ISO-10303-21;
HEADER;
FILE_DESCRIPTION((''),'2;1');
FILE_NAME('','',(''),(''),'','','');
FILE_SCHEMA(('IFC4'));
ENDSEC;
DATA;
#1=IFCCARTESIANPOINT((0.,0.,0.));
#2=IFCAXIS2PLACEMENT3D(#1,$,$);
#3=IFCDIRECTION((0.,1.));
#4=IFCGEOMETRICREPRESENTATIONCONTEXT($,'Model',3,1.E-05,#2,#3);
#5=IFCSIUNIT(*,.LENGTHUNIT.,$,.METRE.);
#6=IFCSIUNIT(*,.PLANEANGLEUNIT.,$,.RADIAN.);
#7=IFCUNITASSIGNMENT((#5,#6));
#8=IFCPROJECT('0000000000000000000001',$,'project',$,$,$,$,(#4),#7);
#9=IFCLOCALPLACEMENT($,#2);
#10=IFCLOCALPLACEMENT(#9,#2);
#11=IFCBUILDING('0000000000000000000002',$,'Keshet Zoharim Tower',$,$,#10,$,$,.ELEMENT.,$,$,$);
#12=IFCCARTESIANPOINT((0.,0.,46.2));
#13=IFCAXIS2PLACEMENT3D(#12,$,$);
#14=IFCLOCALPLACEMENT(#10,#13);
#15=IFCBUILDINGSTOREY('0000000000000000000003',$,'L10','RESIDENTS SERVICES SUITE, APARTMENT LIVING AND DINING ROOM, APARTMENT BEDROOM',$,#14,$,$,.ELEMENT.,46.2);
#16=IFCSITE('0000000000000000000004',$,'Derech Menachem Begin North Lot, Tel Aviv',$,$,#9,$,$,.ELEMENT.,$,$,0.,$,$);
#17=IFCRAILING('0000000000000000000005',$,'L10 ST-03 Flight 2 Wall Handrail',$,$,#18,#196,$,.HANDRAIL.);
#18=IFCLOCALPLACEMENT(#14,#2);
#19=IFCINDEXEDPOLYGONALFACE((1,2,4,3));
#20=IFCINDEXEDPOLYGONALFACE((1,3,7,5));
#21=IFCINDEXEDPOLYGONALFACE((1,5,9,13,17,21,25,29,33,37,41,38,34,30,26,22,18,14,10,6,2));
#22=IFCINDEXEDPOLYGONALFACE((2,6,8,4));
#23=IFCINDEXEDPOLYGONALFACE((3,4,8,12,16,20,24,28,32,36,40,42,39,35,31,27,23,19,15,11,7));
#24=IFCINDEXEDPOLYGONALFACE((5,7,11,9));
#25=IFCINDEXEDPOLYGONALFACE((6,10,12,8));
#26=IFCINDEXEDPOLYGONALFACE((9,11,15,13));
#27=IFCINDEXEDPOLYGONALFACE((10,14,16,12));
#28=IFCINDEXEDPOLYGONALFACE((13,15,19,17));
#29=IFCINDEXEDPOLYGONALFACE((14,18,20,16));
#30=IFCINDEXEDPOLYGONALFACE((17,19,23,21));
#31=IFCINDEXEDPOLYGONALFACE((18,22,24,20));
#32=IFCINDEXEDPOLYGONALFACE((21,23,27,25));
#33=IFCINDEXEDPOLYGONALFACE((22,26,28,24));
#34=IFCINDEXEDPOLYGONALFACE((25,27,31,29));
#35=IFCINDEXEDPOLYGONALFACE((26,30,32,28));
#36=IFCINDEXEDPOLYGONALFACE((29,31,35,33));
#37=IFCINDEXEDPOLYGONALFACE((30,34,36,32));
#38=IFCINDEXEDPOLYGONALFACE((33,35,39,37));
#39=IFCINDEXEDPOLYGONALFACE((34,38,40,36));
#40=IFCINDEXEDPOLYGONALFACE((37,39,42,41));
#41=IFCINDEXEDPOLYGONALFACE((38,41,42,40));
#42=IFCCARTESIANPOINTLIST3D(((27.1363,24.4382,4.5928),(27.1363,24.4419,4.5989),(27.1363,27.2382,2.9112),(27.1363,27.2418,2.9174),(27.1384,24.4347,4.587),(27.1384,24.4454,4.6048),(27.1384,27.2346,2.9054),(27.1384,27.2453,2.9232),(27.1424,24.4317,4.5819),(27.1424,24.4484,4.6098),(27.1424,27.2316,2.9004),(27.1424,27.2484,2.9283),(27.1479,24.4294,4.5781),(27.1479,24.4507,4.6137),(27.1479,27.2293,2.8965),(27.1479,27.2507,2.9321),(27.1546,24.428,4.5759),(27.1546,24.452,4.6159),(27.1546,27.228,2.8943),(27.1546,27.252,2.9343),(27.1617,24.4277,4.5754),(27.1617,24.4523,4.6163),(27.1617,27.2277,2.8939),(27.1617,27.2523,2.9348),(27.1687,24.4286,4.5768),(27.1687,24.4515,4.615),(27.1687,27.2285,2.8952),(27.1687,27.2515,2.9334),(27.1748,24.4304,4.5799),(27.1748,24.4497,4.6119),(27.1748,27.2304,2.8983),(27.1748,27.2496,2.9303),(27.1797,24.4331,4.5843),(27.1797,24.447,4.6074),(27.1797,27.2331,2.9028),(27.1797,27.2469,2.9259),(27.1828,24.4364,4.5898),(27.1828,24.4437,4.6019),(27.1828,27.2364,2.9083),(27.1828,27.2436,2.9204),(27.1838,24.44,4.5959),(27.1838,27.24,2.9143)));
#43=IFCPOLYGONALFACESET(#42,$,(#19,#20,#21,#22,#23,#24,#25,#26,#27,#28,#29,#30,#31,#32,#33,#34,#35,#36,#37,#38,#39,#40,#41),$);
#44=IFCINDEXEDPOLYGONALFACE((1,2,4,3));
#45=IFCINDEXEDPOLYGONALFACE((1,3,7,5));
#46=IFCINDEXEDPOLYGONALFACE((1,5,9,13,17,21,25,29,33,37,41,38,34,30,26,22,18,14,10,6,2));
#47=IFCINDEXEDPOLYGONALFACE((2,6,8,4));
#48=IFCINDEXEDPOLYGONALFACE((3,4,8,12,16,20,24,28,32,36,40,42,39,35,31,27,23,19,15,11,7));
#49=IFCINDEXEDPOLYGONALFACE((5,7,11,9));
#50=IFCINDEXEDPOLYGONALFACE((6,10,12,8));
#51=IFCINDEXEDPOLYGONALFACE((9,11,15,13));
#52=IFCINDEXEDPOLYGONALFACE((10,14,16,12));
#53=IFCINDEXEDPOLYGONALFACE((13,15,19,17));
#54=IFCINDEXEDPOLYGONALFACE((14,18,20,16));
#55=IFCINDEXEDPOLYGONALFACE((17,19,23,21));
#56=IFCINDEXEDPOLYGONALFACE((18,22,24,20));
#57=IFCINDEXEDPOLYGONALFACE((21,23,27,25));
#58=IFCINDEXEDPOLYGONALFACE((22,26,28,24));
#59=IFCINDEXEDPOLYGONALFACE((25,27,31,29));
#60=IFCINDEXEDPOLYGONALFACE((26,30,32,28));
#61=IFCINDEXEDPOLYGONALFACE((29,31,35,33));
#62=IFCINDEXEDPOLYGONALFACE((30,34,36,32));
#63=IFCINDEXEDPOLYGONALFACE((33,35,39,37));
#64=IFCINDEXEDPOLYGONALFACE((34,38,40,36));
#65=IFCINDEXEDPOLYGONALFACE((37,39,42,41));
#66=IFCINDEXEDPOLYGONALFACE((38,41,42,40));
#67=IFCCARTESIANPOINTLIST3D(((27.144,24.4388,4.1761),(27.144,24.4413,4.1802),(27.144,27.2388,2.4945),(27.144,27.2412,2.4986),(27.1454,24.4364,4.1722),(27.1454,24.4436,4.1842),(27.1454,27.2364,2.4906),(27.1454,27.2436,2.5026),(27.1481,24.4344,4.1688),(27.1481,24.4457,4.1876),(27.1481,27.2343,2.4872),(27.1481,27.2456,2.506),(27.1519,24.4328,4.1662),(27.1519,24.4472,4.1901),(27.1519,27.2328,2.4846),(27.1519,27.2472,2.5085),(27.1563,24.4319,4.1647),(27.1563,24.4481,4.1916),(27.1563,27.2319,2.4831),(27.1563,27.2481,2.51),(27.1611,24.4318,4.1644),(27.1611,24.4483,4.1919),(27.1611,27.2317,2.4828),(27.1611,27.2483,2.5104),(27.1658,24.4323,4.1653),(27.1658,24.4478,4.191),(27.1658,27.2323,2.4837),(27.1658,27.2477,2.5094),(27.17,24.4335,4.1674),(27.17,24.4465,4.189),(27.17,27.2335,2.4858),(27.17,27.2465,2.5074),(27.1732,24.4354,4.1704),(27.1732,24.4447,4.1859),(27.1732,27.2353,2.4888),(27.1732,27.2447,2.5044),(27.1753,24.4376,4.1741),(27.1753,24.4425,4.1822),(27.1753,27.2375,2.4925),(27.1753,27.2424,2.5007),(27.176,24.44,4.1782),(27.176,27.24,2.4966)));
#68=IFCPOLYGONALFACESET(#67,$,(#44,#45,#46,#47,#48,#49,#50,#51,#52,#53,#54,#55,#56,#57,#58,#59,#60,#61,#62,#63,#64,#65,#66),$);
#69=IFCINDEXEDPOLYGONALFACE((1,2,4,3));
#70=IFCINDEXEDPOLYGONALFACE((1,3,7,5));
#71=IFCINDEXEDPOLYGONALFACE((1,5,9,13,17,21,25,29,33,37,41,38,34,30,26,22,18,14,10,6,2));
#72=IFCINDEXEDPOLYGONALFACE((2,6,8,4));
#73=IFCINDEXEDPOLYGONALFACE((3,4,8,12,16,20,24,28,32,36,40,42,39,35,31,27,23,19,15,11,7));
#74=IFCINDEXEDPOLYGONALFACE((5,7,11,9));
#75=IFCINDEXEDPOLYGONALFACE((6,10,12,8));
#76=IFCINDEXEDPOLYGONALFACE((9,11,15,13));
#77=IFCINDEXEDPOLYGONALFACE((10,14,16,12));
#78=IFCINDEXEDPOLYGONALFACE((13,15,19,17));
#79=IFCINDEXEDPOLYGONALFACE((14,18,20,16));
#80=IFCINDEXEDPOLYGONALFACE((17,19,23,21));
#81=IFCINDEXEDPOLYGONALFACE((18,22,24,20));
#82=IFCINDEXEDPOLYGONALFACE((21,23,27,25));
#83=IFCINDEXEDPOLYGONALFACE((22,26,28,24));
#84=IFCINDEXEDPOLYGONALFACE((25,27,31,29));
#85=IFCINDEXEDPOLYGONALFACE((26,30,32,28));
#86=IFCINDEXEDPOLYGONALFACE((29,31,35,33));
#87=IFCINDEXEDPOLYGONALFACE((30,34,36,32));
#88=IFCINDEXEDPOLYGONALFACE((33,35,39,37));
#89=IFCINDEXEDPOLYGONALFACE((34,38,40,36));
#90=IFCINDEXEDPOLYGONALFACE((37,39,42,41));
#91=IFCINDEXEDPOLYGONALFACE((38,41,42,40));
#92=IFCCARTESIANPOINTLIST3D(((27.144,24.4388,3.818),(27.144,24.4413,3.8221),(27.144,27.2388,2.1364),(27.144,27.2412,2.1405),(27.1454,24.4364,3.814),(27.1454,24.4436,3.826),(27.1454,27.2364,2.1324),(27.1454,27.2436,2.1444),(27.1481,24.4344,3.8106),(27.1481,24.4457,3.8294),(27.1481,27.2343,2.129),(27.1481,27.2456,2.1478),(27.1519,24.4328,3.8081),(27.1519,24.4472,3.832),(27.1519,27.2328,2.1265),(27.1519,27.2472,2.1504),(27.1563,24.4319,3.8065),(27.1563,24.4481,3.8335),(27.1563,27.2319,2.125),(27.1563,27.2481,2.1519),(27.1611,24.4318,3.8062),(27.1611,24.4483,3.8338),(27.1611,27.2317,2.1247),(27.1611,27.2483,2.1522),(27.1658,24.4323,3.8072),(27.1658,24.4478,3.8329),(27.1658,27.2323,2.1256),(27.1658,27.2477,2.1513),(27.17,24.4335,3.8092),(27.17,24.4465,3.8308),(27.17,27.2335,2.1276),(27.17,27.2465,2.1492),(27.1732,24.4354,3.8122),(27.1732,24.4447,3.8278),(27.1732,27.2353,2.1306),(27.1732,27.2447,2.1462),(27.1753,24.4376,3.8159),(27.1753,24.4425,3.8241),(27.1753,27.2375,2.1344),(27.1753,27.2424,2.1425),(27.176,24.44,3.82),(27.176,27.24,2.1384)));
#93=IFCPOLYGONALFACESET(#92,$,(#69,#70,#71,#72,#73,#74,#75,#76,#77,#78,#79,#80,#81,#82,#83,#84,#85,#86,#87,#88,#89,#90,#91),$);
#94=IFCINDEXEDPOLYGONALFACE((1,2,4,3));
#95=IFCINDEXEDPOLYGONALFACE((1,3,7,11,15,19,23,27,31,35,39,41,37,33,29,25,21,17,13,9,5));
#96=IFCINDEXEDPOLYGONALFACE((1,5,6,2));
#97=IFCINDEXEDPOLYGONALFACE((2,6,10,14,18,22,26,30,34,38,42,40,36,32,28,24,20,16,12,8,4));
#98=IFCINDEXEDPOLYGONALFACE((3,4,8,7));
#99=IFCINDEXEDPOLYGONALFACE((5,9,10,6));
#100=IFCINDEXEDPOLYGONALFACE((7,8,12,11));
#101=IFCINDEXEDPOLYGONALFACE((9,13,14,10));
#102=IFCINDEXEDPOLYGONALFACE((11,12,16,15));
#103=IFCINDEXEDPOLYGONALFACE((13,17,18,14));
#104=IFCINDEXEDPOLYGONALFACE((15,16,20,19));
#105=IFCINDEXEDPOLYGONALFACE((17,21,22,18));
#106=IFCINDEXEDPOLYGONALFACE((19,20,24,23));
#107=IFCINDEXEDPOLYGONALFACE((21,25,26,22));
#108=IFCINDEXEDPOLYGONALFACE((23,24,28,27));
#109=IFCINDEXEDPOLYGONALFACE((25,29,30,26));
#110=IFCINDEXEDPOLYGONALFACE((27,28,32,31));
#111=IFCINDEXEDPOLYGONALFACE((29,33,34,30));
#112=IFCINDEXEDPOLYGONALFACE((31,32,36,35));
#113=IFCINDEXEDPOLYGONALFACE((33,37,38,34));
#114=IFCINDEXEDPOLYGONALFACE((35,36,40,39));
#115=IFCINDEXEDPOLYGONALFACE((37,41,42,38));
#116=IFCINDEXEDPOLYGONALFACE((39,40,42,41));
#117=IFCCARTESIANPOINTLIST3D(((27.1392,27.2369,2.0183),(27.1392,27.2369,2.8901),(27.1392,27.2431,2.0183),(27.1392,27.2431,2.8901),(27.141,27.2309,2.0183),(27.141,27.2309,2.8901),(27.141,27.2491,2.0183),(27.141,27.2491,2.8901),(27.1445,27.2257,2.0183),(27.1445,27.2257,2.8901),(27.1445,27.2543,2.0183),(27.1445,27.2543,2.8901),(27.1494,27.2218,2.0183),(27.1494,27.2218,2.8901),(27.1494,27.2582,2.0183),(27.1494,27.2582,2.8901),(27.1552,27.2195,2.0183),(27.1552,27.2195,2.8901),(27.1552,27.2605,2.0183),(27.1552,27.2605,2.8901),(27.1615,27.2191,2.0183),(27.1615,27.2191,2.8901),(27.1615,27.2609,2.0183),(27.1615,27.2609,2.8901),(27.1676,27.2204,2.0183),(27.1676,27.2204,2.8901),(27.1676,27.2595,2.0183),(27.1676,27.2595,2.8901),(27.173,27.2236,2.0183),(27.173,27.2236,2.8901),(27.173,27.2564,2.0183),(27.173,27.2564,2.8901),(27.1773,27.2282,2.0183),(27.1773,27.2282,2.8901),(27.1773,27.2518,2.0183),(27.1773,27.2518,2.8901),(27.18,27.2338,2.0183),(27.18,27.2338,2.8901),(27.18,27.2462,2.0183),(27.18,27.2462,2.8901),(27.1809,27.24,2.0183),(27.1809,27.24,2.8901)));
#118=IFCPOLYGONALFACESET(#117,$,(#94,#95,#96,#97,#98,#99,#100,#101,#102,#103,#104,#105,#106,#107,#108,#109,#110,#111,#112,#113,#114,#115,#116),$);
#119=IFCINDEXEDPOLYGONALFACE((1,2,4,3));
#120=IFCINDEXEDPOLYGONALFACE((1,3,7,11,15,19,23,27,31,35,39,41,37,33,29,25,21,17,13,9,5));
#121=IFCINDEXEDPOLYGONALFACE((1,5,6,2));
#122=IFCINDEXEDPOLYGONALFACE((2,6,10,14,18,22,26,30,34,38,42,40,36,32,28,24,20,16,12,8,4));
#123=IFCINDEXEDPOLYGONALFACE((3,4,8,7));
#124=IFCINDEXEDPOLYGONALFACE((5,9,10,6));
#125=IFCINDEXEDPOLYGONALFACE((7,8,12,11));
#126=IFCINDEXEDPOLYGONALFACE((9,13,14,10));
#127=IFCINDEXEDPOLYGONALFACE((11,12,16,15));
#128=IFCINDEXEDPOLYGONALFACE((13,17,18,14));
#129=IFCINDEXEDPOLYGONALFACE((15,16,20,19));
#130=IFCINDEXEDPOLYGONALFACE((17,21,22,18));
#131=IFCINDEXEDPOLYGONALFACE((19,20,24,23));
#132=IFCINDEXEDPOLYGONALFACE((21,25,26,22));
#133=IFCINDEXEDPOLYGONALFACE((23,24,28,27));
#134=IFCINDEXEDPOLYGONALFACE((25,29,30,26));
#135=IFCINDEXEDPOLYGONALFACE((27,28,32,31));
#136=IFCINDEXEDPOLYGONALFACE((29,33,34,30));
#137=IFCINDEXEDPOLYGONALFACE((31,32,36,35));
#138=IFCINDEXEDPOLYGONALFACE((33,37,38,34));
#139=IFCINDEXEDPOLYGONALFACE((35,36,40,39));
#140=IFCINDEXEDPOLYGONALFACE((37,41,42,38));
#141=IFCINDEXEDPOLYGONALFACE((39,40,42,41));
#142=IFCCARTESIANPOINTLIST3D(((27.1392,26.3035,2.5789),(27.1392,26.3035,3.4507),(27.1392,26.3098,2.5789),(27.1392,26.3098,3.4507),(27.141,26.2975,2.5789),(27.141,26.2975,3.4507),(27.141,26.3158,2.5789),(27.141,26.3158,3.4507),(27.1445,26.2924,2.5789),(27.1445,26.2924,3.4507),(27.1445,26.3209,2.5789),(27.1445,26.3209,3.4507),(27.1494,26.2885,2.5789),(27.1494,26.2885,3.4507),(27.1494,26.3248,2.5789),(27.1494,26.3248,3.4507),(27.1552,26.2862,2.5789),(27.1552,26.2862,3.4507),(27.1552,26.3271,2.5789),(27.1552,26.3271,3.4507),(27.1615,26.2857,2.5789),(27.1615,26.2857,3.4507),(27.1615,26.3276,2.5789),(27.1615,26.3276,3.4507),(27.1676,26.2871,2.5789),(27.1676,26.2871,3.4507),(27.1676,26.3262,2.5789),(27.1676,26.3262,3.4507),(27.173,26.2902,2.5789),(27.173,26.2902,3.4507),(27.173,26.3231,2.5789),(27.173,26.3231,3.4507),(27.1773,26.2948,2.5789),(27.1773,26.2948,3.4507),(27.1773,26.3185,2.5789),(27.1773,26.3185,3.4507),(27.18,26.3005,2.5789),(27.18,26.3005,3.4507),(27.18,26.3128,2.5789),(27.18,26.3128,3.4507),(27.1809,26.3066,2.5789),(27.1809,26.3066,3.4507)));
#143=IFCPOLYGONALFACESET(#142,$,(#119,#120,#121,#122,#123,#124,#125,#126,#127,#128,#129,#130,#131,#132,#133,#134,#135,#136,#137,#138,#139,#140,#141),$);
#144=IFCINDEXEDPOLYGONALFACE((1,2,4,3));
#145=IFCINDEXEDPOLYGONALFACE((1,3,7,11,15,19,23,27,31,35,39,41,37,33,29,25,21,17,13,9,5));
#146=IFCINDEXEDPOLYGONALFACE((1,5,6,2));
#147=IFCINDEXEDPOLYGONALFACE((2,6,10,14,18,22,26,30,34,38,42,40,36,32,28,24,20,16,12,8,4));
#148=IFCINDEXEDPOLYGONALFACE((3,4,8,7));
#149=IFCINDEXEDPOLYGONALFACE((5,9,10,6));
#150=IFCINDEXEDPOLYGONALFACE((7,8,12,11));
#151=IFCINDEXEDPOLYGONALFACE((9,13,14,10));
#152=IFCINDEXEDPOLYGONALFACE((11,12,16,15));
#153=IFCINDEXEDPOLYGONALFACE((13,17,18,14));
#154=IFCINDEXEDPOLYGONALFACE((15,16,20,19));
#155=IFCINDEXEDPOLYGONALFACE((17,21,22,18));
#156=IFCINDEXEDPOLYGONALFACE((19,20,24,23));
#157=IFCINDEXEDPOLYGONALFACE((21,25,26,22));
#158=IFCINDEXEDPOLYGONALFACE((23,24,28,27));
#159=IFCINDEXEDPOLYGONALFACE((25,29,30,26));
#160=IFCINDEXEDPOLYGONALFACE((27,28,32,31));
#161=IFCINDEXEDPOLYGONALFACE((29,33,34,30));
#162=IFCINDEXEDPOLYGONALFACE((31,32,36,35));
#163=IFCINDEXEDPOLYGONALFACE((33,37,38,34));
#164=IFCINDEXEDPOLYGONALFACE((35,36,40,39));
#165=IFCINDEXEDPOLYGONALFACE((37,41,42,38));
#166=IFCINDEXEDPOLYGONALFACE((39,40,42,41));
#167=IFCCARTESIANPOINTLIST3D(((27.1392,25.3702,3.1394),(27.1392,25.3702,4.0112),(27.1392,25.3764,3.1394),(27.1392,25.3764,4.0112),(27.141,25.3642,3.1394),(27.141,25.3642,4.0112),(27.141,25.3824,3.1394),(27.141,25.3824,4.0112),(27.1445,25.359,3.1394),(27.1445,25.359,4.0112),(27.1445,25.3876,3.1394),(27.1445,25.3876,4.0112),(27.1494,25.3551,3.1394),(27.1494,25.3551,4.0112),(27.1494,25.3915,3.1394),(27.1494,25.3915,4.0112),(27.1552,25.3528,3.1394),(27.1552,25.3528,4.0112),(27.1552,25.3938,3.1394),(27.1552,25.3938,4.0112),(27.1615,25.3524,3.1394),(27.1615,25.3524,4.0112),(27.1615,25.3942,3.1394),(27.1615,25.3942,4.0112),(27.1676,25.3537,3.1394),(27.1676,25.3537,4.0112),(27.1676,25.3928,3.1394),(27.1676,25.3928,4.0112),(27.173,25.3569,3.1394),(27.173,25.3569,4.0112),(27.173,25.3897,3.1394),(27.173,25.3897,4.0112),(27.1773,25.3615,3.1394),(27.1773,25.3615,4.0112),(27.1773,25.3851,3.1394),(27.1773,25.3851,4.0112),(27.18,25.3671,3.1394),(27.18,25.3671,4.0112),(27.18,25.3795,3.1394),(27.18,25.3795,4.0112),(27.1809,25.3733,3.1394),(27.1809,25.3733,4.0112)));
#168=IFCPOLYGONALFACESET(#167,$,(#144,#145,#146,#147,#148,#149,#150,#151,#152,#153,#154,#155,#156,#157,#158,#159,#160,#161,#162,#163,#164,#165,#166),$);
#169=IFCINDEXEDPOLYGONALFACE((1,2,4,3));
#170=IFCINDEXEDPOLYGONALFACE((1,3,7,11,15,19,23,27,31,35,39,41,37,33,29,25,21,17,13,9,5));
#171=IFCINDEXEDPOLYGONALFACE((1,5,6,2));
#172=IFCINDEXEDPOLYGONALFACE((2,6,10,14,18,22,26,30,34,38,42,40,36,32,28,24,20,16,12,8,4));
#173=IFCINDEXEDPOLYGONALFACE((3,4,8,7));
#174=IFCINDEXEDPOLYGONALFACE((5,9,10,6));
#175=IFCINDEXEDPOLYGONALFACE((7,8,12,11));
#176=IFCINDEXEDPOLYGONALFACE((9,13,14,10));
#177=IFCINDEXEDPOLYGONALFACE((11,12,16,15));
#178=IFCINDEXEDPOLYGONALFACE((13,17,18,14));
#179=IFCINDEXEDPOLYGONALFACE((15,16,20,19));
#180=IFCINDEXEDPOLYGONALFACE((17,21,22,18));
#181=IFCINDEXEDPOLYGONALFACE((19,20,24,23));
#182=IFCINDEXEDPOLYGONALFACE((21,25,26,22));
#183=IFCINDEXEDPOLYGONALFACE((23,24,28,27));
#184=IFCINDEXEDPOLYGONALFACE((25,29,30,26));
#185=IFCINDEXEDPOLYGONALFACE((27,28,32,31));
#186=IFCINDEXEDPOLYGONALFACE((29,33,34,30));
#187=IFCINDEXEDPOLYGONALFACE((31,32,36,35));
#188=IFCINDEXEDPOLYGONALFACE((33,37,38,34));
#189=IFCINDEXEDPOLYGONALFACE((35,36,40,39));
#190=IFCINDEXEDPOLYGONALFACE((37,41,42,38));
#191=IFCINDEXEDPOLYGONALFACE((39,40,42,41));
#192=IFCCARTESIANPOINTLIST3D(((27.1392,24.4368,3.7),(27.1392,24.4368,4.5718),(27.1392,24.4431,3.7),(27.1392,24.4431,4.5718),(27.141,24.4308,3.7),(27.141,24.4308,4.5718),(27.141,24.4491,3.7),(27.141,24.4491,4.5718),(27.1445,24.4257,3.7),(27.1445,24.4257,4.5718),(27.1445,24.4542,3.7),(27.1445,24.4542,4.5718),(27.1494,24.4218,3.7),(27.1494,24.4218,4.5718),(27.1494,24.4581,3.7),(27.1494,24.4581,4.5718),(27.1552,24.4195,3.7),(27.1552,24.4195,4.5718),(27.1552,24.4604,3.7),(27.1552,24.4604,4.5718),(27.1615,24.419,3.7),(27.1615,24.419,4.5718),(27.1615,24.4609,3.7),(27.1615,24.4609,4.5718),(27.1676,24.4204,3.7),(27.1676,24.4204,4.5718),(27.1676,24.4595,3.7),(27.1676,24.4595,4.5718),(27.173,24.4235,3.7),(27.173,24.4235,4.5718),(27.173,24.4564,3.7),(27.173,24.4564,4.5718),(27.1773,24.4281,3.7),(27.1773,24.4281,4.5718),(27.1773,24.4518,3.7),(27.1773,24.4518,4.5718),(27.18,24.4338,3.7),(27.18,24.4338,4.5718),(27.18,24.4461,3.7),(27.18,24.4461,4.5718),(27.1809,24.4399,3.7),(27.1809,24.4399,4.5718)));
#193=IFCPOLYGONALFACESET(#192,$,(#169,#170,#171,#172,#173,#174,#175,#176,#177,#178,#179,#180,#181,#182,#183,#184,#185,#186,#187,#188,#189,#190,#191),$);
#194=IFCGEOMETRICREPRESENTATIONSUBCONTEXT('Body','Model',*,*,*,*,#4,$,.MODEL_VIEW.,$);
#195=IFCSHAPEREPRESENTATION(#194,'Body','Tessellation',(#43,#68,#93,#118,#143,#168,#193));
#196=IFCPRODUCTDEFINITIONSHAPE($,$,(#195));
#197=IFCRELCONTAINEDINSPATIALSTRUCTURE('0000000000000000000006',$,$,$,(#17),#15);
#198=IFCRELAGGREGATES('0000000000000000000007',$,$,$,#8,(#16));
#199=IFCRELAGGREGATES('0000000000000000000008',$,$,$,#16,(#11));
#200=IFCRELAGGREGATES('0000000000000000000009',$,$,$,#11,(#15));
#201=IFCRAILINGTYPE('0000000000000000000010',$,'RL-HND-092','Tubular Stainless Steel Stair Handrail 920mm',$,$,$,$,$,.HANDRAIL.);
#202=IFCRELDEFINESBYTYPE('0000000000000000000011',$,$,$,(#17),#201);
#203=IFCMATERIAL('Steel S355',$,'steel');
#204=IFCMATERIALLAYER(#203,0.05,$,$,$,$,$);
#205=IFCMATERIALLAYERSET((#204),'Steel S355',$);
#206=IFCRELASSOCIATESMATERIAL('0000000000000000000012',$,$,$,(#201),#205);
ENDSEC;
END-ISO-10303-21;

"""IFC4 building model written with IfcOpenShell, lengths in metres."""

from ifc_helpers import new_model, si_unit, direction, frame, origin, origin_2d, place, context, subcontext, project, spatial, circle, extrude, material, layer, layer_set, type_object, element, save


model = new_model("IFC4")

# Units and contexts
model_context = context("Model", 3, precision=1e-05, world=origin(), true_north=direction((0.0, 1.0)))
body_context = subcontext(model_context, "Body", "Model", "MODEL_VIEW")
ifc_project = project(units=[si_unit("LENGTHUNIT", "METRE"), si_unit("PLANEANGLEUNIT", "RADIAN")], contexts=[model_context])

# Site, building, storey
site_placement = place(None, origin())
site = spatial("IfcSite", under=ifc_project, at=site_placement, Name="Derech Menachem Begin North Lot, Tel Aviv", CompositionType="ELEMENT", RefElevation=0.0)
building_placement = place(site_placement, origin())
building = spatial("IfcBuilding", under=site, at=building_placement, Name="Keshet Zoharim Tower", CompositionType="ELEMENT")
storey_placement = place(building_placement, frame((0.0, 0.0, 46.2)))
storey = spatial("IfcBuildingStorey", under=building, at=storey_placement, Name="L10", Description="RESIDENTS SERVICES SUITE, APARTMENT LIVING AND DINING ROOM, APARTMENT BEDROOM", CompositionType="ELEMENT", Elevation=46.2)

# Shared definitions
ifc_material_1 = material(Name="Steel S355", Category="steel")

# Railing
ifc_layer_1 = layer(ifc_material_1, 0.05)
ifc_layer_set_1 = layer_set([ifc_layer_1], Name="Steel S355")
railing_type = type_object("IfcRailingType", Name="RL-HND-092", Description="Tubular Stainless Steel Stair Handrail 920mm", PredefinedType="HANDRAIL", material=ifc_layer_set_1)
railing_placement = place(storey_placement, frame((27.1599, 27.24, 2.0183)))
element("IfcRailing", 1, at=railing_placement, inside=storey, type_object=railing_type, Name="L10 ST-03 Flight 2 Wall Handrail", PredefinedType="HANDRAIL", context=body_context, shape_type="SweptSolid", body=[
    extrude(circle(Radius=0.0239, at=origin_2d()), frame((0.0, 0.0, 0.896), z_axis=(0.0, -0.857275, 0.514858), x_axis=(1.0, 0.0, 0.0)), (0.0, 0.0, 1.0), 3.2661),
    extrude(circle(Radius=0.0161, at=origin_2d()), frame((0.0, 0.0, 0.4783), z_axis=(0.0, -0.857275, 0.514858), x_axis=(1.0, 0.0, 0.0)), (0.0, 0.0, 1.0), 3.2661),
    extrude(circle(Radius=0.0161, at=origin_2d()), frame((0.0, 0.0, 0.1201), z_axis=(0.0, -0.857275, 0.514858), x_axis=(1.0, 0.0, 0.0)), (0.0, 0.0, 1.0), 3.2661),
    extrude(circle(Radius=0.021, at=origin_2d()), origin(), (0.0, 0.0, 1.0), 0.8718),
    extrude(circle(Radius=0.021, at=origin_2d()), frame((0.0, -0.9333, 0.5605)), (0.0, 0.0, 1.0), 0.8718),
    extrude(circle(Radius=0.021, at=origin_2d()), frame((0.0, -1.8667, 1.1211)), (0.0, 0.0, 1.0), 0.8718),
    extrude(circle(Radius=0.021, at=origin_2d()), frame((0.0, -2.8, 1.6816)), (0.0, 0.0, 1.0), 0.8718),
])

save(model, "model.ifc")
